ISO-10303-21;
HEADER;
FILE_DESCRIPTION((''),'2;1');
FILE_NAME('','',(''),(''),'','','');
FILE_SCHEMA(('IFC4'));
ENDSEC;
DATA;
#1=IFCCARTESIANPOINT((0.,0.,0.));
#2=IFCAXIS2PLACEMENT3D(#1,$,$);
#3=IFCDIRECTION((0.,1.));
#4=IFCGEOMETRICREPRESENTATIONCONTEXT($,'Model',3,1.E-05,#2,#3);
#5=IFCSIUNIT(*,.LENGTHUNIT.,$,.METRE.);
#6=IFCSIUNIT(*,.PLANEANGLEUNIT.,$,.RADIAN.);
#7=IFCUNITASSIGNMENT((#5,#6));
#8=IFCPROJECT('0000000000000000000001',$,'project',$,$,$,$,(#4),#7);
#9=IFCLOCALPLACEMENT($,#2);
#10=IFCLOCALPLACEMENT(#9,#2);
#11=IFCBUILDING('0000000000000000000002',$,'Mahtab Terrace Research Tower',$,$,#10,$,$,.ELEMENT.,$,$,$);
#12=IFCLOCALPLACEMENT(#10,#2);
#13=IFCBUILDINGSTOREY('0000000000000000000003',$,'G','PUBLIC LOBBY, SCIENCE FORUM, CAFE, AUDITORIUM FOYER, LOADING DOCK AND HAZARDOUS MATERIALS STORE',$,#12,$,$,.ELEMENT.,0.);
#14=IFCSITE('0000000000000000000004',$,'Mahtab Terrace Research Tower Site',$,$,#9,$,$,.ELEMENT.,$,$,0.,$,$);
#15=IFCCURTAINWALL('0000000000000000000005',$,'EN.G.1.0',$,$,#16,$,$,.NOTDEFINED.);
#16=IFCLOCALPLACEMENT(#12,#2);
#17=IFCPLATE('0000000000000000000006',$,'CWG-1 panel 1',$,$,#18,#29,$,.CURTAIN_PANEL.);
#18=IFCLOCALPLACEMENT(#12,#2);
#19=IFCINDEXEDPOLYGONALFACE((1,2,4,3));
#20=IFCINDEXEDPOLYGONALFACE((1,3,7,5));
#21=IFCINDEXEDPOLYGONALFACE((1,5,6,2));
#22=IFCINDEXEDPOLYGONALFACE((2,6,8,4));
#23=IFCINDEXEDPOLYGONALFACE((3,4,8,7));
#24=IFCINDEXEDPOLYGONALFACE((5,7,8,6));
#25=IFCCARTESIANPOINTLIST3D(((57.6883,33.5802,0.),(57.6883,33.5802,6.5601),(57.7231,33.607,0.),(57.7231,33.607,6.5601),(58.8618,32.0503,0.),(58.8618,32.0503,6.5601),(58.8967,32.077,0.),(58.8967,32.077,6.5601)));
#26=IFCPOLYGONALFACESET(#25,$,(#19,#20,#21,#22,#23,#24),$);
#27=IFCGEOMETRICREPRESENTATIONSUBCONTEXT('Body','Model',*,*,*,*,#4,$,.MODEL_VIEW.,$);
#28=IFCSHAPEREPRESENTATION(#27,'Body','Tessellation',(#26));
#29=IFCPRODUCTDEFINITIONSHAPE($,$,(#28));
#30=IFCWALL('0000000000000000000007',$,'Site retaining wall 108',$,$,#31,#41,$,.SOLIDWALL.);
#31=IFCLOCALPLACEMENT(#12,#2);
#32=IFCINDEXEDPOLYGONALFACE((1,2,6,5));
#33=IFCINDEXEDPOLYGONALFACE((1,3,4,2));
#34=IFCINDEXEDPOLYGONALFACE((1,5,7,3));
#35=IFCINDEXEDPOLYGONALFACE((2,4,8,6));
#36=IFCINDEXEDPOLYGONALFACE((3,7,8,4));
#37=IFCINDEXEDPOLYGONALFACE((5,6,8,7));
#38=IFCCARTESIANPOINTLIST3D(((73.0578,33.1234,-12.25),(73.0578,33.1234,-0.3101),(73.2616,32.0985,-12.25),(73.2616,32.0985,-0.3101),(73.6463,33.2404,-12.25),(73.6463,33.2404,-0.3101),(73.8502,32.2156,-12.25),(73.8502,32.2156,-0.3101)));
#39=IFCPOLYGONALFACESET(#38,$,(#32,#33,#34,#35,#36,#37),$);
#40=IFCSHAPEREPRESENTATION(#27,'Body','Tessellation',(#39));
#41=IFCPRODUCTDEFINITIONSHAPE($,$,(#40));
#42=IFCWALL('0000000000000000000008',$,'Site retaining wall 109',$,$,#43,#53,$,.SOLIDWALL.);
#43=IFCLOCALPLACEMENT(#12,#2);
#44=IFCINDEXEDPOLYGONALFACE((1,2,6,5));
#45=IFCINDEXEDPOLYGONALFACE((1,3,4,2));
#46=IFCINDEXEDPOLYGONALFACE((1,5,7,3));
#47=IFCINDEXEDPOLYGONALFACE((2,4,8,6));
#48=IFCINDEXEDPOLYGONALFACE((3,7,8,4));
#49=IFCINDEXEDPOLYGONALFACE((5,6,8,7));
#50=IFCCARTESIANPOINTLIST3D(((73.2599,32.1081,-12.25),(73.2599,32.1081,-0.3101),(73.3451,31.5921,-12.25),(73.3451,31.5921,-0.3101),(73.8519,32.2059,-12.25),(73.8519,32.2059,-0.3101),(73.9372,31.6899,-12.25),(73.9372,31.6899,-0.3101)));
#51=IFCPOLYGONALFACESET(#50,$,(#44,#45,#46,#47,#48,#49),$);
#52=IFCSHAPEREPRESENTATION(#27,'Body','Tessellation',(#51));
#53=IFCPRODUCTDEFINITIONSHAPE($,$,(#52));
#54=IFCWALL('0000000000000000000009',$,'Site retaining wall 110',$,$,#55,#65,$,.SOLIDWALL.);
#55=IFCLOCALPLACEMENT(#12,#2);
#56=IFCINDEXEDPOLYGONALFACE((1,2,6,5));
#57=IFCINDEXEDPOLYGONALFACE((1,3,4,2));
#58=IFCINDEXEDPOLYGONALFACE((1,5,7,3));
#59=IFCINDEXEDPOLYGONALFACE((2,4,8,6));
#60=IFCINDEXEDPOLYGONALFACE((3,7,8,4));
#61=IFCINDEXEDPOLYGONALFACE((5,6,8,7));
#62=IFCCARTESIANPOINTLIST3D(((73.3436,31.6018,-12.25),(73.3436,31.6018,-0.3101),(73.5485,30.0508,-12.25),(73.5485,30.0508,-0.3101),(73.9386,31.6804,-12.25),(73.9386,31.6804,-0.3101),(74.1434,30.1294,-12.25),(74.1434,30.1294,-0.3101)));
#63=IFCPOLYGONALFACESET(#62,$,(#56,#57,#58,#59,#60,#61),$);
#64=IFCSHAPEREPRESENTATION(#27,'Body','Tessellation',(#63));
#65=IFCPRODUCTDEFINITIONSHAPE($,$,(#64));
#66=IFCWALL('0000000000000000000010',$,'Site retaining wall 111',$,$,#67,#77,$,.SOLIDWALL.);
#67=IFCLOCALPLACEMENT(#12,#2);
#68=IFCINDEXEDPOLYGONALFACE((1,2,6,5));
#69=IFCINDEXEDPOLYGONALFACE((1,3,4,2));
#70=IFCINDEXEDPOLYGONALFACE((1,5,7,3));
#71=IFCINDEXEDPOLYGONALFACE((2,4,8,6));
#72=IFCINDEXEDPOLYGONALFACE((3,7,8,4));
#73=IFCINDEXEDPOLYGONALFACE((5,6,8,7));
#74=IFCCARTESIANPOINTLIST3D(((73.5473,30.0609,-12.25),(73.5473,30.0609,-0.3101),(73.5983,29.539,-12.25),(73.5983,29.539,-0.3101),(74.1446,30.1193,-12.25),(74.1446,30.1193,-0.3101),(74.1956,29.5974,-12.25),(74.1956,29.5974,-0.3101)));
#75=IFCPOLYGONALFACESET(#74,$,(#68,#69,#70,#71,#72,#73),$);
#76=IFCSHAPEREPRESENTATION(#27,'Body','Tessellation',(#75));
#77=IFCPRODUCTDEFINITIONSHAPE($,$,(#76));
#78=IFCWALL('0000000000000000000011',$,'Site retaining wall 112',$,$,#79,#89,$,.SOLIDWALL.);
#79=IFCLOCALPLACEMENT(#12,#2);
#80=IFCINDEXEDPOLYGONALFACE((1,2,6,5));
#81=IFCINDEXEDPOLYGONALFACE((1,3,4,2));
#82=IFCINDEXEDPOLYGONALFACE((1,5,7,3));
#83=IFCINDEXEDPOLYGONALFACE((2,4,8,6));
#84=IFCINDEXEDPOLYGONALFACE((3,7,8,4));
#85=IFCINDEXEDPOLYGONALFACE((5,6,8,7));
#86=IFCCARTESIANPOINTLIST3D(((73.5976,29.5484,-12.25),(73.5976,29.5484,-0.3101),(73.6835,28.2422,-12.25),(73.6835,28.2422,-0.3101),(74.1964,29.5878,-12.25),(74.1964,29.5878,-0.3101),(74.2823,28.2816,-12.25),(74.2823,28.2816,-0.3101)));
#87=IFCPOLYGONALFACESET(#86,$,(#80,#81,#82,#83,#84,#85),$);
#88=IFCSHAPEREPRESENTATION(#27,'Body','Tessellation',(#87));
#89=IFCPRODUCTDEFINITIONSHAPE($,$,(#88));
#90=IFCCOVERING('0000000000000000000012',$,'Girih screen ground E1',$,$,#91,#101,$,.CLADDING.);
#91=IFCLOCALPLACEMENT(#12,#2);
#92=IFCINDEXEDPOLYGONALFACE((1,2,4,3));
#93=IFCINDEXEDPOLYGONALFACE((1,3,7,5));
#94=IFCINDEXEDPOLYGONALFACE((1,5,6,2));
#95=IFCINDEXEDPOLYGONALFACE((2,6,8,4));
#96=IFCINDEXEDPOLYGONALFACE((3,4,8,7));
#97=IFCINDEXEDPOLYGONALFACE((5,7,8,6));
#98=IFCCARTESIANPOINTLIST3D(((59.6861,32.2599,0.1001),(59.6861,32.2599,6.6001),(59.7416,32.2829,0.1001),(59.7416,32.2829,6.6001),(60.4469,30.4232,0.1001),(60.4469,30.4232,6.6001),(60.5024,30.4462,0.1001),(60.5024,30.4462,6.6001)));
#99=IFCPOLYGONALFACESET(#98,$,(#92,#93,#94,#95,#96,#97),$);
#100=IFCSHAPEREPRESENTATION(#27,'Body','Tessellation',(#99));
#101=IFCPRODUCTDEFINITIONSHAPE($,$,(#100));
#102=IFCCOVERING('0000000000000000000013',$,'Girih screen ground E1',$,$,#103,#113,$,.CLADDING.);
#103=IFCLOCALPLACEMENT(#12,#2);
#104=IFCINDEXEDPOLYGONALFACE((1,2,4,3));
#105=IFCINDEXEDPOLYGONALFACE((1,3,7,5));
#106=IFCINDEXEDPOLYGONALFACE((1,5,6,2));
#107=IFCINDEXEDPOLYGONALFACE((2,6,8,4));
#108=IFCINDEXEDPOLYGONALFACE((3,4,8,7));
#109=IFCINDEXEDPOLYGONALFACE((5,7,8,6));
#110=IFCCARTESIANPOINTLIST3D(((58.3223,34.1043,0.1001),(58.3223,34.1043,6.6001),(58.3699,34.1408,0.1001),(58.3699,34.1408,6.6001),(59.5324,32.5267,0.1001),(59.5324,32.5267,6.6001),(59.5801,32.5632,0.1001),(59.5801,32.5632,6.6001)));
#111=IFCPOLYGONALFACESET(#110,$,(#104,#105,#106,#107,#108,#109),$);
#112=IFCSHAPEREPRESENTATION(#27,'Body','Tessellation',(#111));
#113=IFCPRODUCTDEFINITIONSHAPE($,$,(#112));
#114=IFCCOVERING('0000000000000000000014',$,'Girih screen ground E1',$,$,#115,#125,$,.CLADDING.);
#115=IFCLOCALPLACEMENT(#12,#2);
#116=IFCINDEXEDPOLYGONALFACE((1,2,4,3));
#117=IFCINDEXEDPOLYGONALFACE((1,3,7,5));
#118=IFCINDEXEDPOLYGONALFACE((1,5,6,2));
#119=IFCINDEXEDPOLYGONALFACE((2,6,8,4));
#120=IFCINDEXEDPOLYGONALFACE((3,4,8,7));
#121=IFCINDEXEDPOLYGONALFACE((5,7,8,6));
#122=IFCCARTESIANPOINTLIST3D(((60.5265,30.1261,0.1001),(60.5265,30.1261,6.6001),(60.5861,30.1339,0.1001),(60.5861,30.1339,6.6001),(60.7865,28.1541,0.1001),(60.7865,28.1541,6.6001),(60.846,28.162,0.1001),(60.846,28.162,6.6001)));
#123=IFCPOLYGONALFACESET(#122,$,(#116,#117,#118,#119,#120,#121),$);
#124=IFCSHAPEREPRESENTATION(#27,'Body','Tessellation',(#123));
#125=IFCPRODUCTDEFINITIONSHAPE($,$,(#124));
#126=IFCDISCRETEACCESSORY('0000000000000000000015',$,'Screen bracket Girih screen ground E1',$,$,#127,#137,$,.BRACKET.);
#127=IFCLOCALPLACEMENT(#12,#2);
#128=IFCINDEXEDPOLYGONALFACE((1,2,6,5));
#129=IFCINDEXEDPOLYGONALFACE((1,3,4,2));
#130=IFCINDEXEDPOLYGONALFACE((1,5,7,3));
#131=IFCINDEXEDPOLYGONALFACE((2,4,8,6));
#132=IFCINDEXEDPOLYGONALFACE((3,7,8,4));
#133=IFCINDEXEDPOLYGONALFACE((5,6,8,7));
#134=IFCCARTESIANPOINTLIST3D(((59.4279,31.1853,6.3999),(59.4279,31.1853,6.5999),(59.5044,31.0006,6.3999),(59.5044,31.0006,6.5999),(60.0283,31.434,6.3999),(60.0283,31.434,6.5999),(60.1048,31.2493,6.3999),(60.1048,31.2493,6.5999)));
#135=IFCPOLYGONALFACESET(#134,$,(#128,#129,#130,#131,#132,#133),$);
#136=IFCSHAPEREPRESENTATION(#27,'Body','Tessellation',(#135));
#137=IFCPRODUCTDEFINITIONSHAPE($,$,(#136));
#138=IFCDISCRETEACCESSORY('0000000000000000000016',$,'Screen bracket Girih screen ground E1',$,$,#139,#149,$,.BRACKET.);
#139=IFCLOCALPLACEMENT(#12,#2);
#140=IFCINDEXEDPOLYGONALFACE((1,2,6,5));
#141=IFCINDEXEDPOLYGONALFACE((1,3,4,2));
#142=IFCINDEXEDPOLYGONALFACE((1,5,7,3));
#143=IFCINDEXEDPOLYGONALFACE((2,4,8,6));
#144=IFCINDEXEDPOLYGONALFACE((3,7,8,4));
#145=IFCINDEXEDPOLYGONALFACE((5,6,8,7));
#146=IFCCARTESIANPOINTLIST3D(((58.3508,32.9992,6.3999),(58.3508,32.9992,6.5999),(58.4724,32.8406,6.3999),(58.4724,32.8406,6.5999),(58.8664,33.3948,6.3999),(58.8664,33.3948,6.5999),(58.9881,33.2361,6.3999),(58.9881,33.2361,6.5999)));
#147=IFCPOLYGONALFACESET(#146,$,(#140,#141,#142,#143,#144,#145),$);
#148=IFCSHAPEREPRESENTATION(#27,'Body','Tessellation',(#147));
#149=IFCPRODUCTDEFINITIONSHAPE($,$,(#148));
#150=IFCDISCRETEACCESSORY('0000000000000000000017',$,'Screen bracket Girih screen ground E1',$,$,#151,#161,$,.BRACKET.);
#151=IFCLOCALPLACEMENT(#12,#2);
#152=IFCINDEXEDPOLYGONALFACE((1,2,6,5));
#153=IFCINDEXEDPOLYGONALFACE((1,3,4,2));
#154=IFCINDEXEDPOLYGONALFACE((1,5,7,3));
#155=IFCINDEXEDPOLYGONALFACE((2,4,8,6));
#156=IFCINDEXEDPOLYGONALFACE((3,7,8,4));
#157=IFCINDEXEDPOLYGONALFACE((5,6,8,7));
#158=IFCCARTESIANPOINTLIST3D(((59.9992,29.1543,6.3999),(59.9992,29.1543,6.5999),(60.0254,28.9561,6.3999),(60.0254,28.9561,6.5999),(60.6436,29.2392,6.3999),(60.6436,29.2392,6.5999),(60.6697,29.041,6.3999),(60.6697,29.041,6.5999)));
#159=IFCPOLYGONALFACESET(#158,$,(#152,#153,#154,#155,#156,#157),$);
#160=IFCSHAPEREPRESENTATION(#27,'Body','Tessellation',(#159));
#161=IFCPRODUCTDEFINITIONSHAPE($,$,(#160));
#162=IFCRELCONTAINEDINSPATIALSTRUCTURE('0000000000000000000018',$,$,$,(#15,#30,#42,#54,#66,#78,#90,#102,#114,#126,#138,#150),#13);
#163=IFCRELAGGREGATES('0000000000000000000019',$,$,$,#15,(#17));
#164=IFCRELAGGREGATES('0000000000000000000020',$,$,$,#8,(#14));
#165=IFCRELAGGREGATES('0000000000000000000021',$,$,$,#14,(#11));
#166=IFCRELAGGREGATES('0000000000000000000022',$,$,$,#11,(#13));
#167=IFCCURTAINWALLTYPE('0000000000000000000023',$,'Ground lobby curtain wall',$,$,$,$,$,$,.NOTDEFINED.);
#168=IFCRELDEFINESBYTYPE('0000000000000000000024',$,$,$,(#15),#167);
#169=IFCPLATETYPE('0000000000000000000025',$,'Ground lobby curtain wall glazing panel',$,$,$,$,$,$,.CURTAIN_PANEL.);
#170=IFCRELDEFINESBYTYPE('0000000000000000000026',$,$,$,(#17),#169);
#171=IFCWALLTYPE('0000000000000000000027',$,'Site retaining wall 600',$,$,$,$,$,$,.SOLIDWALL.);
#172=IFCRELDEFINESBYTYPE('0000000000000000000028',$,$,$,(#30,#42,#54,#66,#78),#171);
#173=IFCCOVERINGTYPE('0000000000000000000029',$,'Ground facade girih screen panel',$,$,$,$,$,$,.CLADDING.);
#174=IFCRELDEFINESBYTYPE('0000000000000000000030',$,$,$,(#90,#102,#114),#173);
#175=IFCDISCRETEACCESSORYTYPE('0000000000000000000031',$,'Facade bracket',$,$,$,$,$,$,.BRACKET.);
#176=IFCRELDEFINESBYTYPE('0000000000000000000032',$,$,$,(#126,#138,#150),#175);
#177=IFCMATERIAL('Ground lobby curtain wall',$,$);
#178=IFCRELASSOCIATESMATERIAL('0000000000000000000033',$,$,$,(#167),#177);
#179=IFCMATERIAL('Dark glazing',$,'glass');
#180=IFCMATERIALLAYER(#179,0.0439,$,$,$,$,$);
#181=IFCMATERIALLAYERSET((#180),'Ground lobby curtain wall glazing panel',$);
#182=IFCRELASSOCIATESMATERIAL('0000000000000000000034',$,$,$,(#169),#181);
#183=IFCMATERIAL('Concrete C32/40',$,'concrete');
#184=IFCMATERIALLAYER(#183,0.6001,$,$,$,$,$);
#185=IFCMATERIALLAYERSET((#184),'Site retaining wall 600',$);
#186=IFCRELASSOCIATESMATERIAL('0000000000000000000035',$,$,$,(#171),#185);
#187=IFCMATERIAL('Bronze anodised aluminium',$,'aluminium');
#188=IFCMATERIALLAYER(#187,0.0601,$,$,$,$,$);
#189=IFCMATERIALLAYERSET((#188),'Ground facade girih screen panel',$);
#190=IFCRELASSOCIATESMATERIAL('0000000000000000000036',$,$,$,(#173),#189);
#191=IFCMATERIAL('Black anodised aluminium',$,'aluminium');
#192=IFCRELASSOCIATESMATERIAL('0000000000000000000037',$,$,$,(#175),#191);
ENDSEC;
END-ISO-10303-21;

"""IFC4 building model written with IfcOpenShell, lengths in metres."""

from ifc_helpers import new_model, si_unit, direction, frame, frame_2d, origin, origin_2d, place, context, subcontext, project, spatial, rectangle, extrude, material, layer, layer_set, type_object, element, aggregate, save


model = new_model("IFC4")

# Units and contexts
model_context = context("Model", 3, precision=1e-05, world=origin(), true_north=direction((0.0, 1.0)))
body_context = subcontext(model_context, "Body", "Model", "MODEL_VIEW")
ifc_project = project(units=[si_unit("LENGTHUNIT", "METRE"), si_unit("PLANEANGLEUNIT", "RADIAN")], contexts=[model_context])

# Site, building, storey
site_placement = place(None, origin())
site = spatial("IfcSite", under=ifc_project, at=site_placement, Name="Mahtab Terrace Research Tower Site", CompositionType="ELEMENT", RefElevation=0.0)
building_placement = place(site_placement, origin())
building = spatial("IfcBuilding", under=site, at=building_placement, Name="Mahtab Terrace Research Tower", CompositionType="ELEMENT")
storey_placement = place(building_placement, origin())
storey = spatial("IfcBuildingStorey", under=building, at=storey_placement, Name="G", Description="PUBLIC LOBBY, SCIENCE FORUM, CAFE, AUDITORIUM FOYER, LOADING DOCK AND HAZARDOUS MATERIALS STORE", CompositionType="ELEMENT", Elevation=0.0)

# Shared definitions
ifc_material_1 = material(Name="Ground lobby curtain wall")
curtain_wall_type = type_object("IfcCurtainWallType", Name="Ground lobby curtain wall", PredefinedType="NOTDEFINED", material=ifc_material_1)

# Curtain wall
curtain_wall_1_placement = place(storey_placement, origin())
curtain_wall_1 = element("IfcCurtainWall", 1, at=curtain_wall_1_placement, inside=storey, type_object=curtain_wall_type, Name="EN.G.1.0", PredefinedType="NOTDEFINED")

# Plate
ifc_material_2 = material(Name="Dark glazing", Category="glass")
ifc_layer_1 = layer(ifc_material_2, 0.0439)
ifc_layer_set_1 = layer_set([ifc_layer_1], Name="Ground lobby curtain wall glazing panel")
plate_type = type_object("IfcPlateType", Name="Ground lobby curtain wall glazing panel", PredefinedType="CURTAIN_PANEL", material=ifc_layer_set_1)
plate_1_placement = place(storey_placement, frame((58.2925, 32.8286, 0.0), z_axis=(0.0, 0.0, 1.0), x_axis=(-0.608623, 0.79346, 0.0)))
plate_1 = element("IfcPlate", 2, at=plate_1_placement, type_object=plate_type, Name="CWG-1 panel 1", PredefinedType="CURTAIN_PANEL", context=body_context, shape_type="SweptSolid", body=[
    extrude(rectangle(XDim=1.9282, YDim=0.0439, at=origin_2d()), origin(), (0.0, 0.0, 1.0), 6.5601),
])
aggregate(curtain_wall_1, [plate_1])

# Walls
ifc_material_3 = material(Name="Concrete C32/40", Category="concrete")
ifc_layer_2 = layer(ifc_material_3, 0.6001)
ifc_layer_set_2 = layer_set([ifc_layer_2], Name="Site retaining wall 600")
wall_type = type_object("IfcWallType", Name="Site retaining wall 600", PredefinedType="SOLIDWALL", material=ifc_layer_set_2)
wall_1_placement = place(storey_placement, frame((73.3521, 33.1819, -12.25), z_axis=(0.0, 0.0, 1.0), x_axis=(0.195083, -0.980787, 0.0)))
element("IfcWall", 3, at=wall_1_placement, inside=storey, type_object=wall_type, Name="Site retaining wall 108", PredefinedType="SOLIDWALL", context=body_context, shape_type="SweptSolid", body=[
    extrude(rectangle(XDim=1.0449, YDim=0.6001, at=frame_2d((0.5225, 0.0))), origin(), (0.0, 0.0, 1.0), 11.9399),
])
wall_2_placement = place(storey_placement, frame((73.5559, 32.157, -12.25), z_axis=(0.0, 0.0, 1.0), x_axis=(0.16296, -0.986633, 0.0)))
element("IfcWall", 4, at=wall_2_placement, inside=storey, type_object=wall_type, Name="Site retaining wall 109", PredefinedType="SOLIDWALL", context=body_context, shape_type="SweptSolid", body=[
    extrude(rectangle(XDim=0.5229, YDim=0.6001, at=frame_2d((0.2615, 0.0))), origin(), (0.0, 0.0, 1.0), 11.9399),
])
wall_3_placement = place(storey_placement, frame((73.6411, 31.6411, -12.25), z_axis=(0.0, 0.0, 1.0), x_axis=(0.130927, -0.991392, 0.0)))
element("IfcWall", 5, at=wall_3_placement, inside=storey, type_object=wall_type, Name="Site retaining wall 110", PredefinedType="SOLIDWALL", context=body_context, shape_type="SweptSolid", body=[
    extrude(rectangle(XDim=1.5645, YDim=0.6001, at=frame_2d((0.7822, 0.0))), origin(), (0.0, 0.0, 1.0), 11.9399),
])
wall_4_placement = place(storey_placement, frame((73.8459, 30.0901, -12.25), z_axis=(0.0, 0.0, 1.0), x_axis=(0.097291, -0.995256, 0.0)))
element("IfcWall", 6, at=wall_4_placement, inside=storey, type_object=wall_type, Name="Site retaining wall 111", PredefinedType="SOLIDWALL", context=body_context, shape_type="SweptSolid", body=[
    extrude(rectangle(XDim=0.5244, YDim=0.6001, at=frame_2d((0.2622, 0.0))), origin(), (0.0, 0.0, 1.0), 11.9399),
])
wall_5_placement = place(storey_placement, frame((73.897, 29.5681, -12.25), z_axis=(0.0, 0.0, 1.0), x_axis=(0.065652, -0.997843, 0.0)))
element("IfcWall", 7, at=wall_5_placement, inside=storey, type_object=wall_type, Name="Site retaining wall 112", PredefinedType="SOLIDWALL", context=body_context, shape_type="SweptSolid", body=[
    extrude(rectangle(XDim=1.3091, YDim=0.6001, at=frame_2d((0.6545, 0.0))), origin(), (0.0, 0.0, 1.0), 11.9399),
])

# Coverings
ifc_material_4 = material(Name="Bronze anodised aluminium", Category="aluminium")
ifc_layer_3 = layer(ifc_material_4, 0.0601)
ifc_layer_set_3 = layer_set([ifc_layer_3], Name="Ground facade girih screen panel")
covering_type = type_object("IfcCoveringType", Name="Ground facade girih screen panel", PredefinedType="CLADDING", material=ifc_layer_set_3)
covering_1_placement = place(storey_placement, frame((60.0942, 31.353, 0.1001), z_axis=(0.0, 0.0, 1.0), x_axis=(-0.382676, 0.923883, 0.0)))
element("IfcCovering", 8, at=covering_1_placement, inside=storey, type_object=covering_type, Name="Girih screen ground E1", PredefinedType="CLADDING", context=body_context, shape_type="SweptSolid", body=[
    extrude(rectangle(XDim=1.988, YDim=0.0601, at=origin_2d()), origin(), (0.0, 0.0, 1.0), 6.5),
])
covering_2_placement = place(storey_placement, frame((58.9512, 33.3337, 0.1001), z_axis=(0.0, 0.0, 1.0), x_axis=(-0.608623, 0.79346, 0.0)))
element("IfcCovering", 9, at=covering_2_placement, inside=storey, type_object=covering_type, Name="Girih screen ground E1", PredefinedType="CLADDING", context=body_context, shape_type="SweptSolid", body=[
    extrude(rectangle(XDim=1.9883, YDim=0.0601, at=origin_2d()), origin(), (0.0, 0.0, 1.0), 6.5),
])
covering_3_placement = place(storey_placement, frame((60.6863, 29.144, 0.1001), z_axis=(0.0, 0.0, 1.0), x_axis=(-0.13069, 0.991423, 0.0)))
element("IfcCovering", 10, at=covering_3_placement, inside=storey, type_object=covering_type, Name="Girih screen ground E1", PredefinedType="CLADDING", context=body_context, shape_type="SweptSolid", body=[
    extrude(rectangle(XDim=1.989, YDim=0.0601, at=origin_2d()), origin(), (0.0, 0.0, 1.0), 6.5),
])

# Discrete accessories
ifc_material_5 = material(Name="Black anodised aluminium", Category="aluminium")
discrete_accessory_type = type_object("IfcDiscreteAccessoryType", Name="Facade bracket", PredefinedType="BRACKET", material=ifc_material_5)
for number, where, z_axis, x_axis, name in (
    (11, (59.7664, 31.2173, 6.3999), (0.0, 0.0, 1.0), (-0.382676, 0.923883, 0.0), "Screen bracket Girih screen ground E1"),
    (12, (58.6694, 33.1177, 6.3999), (0.0, 0.0, 1.0), (-0.608623, 0.79346, 0.0), "Screen bracket Girih screen ground E1"),
    (13, (60.3345, 29.0977, 6.3999), (0.0, 0.0, 1.0), (-0.13069, 0.991423, 0.0), "Screen bracket Girih screen ground E1"),
):
    element("IfcDiscreteAccessory", number, at=place(storey_placement, frame(where, z_axis=z_axis, x_axis=x_axis)), inside=storey, type_object=discrete_accessory_type, Name=name, PredefinedType="BRACKET", context=body_context, shape_type="SweptSolid", body=[
        extrude(rectangle(XDim=0.2, YDim=0.6499, at=origin_2d()), origin(), (0.0, 0.0, 1.0), 0.2),
    ])

save(model, "model.ifc")
